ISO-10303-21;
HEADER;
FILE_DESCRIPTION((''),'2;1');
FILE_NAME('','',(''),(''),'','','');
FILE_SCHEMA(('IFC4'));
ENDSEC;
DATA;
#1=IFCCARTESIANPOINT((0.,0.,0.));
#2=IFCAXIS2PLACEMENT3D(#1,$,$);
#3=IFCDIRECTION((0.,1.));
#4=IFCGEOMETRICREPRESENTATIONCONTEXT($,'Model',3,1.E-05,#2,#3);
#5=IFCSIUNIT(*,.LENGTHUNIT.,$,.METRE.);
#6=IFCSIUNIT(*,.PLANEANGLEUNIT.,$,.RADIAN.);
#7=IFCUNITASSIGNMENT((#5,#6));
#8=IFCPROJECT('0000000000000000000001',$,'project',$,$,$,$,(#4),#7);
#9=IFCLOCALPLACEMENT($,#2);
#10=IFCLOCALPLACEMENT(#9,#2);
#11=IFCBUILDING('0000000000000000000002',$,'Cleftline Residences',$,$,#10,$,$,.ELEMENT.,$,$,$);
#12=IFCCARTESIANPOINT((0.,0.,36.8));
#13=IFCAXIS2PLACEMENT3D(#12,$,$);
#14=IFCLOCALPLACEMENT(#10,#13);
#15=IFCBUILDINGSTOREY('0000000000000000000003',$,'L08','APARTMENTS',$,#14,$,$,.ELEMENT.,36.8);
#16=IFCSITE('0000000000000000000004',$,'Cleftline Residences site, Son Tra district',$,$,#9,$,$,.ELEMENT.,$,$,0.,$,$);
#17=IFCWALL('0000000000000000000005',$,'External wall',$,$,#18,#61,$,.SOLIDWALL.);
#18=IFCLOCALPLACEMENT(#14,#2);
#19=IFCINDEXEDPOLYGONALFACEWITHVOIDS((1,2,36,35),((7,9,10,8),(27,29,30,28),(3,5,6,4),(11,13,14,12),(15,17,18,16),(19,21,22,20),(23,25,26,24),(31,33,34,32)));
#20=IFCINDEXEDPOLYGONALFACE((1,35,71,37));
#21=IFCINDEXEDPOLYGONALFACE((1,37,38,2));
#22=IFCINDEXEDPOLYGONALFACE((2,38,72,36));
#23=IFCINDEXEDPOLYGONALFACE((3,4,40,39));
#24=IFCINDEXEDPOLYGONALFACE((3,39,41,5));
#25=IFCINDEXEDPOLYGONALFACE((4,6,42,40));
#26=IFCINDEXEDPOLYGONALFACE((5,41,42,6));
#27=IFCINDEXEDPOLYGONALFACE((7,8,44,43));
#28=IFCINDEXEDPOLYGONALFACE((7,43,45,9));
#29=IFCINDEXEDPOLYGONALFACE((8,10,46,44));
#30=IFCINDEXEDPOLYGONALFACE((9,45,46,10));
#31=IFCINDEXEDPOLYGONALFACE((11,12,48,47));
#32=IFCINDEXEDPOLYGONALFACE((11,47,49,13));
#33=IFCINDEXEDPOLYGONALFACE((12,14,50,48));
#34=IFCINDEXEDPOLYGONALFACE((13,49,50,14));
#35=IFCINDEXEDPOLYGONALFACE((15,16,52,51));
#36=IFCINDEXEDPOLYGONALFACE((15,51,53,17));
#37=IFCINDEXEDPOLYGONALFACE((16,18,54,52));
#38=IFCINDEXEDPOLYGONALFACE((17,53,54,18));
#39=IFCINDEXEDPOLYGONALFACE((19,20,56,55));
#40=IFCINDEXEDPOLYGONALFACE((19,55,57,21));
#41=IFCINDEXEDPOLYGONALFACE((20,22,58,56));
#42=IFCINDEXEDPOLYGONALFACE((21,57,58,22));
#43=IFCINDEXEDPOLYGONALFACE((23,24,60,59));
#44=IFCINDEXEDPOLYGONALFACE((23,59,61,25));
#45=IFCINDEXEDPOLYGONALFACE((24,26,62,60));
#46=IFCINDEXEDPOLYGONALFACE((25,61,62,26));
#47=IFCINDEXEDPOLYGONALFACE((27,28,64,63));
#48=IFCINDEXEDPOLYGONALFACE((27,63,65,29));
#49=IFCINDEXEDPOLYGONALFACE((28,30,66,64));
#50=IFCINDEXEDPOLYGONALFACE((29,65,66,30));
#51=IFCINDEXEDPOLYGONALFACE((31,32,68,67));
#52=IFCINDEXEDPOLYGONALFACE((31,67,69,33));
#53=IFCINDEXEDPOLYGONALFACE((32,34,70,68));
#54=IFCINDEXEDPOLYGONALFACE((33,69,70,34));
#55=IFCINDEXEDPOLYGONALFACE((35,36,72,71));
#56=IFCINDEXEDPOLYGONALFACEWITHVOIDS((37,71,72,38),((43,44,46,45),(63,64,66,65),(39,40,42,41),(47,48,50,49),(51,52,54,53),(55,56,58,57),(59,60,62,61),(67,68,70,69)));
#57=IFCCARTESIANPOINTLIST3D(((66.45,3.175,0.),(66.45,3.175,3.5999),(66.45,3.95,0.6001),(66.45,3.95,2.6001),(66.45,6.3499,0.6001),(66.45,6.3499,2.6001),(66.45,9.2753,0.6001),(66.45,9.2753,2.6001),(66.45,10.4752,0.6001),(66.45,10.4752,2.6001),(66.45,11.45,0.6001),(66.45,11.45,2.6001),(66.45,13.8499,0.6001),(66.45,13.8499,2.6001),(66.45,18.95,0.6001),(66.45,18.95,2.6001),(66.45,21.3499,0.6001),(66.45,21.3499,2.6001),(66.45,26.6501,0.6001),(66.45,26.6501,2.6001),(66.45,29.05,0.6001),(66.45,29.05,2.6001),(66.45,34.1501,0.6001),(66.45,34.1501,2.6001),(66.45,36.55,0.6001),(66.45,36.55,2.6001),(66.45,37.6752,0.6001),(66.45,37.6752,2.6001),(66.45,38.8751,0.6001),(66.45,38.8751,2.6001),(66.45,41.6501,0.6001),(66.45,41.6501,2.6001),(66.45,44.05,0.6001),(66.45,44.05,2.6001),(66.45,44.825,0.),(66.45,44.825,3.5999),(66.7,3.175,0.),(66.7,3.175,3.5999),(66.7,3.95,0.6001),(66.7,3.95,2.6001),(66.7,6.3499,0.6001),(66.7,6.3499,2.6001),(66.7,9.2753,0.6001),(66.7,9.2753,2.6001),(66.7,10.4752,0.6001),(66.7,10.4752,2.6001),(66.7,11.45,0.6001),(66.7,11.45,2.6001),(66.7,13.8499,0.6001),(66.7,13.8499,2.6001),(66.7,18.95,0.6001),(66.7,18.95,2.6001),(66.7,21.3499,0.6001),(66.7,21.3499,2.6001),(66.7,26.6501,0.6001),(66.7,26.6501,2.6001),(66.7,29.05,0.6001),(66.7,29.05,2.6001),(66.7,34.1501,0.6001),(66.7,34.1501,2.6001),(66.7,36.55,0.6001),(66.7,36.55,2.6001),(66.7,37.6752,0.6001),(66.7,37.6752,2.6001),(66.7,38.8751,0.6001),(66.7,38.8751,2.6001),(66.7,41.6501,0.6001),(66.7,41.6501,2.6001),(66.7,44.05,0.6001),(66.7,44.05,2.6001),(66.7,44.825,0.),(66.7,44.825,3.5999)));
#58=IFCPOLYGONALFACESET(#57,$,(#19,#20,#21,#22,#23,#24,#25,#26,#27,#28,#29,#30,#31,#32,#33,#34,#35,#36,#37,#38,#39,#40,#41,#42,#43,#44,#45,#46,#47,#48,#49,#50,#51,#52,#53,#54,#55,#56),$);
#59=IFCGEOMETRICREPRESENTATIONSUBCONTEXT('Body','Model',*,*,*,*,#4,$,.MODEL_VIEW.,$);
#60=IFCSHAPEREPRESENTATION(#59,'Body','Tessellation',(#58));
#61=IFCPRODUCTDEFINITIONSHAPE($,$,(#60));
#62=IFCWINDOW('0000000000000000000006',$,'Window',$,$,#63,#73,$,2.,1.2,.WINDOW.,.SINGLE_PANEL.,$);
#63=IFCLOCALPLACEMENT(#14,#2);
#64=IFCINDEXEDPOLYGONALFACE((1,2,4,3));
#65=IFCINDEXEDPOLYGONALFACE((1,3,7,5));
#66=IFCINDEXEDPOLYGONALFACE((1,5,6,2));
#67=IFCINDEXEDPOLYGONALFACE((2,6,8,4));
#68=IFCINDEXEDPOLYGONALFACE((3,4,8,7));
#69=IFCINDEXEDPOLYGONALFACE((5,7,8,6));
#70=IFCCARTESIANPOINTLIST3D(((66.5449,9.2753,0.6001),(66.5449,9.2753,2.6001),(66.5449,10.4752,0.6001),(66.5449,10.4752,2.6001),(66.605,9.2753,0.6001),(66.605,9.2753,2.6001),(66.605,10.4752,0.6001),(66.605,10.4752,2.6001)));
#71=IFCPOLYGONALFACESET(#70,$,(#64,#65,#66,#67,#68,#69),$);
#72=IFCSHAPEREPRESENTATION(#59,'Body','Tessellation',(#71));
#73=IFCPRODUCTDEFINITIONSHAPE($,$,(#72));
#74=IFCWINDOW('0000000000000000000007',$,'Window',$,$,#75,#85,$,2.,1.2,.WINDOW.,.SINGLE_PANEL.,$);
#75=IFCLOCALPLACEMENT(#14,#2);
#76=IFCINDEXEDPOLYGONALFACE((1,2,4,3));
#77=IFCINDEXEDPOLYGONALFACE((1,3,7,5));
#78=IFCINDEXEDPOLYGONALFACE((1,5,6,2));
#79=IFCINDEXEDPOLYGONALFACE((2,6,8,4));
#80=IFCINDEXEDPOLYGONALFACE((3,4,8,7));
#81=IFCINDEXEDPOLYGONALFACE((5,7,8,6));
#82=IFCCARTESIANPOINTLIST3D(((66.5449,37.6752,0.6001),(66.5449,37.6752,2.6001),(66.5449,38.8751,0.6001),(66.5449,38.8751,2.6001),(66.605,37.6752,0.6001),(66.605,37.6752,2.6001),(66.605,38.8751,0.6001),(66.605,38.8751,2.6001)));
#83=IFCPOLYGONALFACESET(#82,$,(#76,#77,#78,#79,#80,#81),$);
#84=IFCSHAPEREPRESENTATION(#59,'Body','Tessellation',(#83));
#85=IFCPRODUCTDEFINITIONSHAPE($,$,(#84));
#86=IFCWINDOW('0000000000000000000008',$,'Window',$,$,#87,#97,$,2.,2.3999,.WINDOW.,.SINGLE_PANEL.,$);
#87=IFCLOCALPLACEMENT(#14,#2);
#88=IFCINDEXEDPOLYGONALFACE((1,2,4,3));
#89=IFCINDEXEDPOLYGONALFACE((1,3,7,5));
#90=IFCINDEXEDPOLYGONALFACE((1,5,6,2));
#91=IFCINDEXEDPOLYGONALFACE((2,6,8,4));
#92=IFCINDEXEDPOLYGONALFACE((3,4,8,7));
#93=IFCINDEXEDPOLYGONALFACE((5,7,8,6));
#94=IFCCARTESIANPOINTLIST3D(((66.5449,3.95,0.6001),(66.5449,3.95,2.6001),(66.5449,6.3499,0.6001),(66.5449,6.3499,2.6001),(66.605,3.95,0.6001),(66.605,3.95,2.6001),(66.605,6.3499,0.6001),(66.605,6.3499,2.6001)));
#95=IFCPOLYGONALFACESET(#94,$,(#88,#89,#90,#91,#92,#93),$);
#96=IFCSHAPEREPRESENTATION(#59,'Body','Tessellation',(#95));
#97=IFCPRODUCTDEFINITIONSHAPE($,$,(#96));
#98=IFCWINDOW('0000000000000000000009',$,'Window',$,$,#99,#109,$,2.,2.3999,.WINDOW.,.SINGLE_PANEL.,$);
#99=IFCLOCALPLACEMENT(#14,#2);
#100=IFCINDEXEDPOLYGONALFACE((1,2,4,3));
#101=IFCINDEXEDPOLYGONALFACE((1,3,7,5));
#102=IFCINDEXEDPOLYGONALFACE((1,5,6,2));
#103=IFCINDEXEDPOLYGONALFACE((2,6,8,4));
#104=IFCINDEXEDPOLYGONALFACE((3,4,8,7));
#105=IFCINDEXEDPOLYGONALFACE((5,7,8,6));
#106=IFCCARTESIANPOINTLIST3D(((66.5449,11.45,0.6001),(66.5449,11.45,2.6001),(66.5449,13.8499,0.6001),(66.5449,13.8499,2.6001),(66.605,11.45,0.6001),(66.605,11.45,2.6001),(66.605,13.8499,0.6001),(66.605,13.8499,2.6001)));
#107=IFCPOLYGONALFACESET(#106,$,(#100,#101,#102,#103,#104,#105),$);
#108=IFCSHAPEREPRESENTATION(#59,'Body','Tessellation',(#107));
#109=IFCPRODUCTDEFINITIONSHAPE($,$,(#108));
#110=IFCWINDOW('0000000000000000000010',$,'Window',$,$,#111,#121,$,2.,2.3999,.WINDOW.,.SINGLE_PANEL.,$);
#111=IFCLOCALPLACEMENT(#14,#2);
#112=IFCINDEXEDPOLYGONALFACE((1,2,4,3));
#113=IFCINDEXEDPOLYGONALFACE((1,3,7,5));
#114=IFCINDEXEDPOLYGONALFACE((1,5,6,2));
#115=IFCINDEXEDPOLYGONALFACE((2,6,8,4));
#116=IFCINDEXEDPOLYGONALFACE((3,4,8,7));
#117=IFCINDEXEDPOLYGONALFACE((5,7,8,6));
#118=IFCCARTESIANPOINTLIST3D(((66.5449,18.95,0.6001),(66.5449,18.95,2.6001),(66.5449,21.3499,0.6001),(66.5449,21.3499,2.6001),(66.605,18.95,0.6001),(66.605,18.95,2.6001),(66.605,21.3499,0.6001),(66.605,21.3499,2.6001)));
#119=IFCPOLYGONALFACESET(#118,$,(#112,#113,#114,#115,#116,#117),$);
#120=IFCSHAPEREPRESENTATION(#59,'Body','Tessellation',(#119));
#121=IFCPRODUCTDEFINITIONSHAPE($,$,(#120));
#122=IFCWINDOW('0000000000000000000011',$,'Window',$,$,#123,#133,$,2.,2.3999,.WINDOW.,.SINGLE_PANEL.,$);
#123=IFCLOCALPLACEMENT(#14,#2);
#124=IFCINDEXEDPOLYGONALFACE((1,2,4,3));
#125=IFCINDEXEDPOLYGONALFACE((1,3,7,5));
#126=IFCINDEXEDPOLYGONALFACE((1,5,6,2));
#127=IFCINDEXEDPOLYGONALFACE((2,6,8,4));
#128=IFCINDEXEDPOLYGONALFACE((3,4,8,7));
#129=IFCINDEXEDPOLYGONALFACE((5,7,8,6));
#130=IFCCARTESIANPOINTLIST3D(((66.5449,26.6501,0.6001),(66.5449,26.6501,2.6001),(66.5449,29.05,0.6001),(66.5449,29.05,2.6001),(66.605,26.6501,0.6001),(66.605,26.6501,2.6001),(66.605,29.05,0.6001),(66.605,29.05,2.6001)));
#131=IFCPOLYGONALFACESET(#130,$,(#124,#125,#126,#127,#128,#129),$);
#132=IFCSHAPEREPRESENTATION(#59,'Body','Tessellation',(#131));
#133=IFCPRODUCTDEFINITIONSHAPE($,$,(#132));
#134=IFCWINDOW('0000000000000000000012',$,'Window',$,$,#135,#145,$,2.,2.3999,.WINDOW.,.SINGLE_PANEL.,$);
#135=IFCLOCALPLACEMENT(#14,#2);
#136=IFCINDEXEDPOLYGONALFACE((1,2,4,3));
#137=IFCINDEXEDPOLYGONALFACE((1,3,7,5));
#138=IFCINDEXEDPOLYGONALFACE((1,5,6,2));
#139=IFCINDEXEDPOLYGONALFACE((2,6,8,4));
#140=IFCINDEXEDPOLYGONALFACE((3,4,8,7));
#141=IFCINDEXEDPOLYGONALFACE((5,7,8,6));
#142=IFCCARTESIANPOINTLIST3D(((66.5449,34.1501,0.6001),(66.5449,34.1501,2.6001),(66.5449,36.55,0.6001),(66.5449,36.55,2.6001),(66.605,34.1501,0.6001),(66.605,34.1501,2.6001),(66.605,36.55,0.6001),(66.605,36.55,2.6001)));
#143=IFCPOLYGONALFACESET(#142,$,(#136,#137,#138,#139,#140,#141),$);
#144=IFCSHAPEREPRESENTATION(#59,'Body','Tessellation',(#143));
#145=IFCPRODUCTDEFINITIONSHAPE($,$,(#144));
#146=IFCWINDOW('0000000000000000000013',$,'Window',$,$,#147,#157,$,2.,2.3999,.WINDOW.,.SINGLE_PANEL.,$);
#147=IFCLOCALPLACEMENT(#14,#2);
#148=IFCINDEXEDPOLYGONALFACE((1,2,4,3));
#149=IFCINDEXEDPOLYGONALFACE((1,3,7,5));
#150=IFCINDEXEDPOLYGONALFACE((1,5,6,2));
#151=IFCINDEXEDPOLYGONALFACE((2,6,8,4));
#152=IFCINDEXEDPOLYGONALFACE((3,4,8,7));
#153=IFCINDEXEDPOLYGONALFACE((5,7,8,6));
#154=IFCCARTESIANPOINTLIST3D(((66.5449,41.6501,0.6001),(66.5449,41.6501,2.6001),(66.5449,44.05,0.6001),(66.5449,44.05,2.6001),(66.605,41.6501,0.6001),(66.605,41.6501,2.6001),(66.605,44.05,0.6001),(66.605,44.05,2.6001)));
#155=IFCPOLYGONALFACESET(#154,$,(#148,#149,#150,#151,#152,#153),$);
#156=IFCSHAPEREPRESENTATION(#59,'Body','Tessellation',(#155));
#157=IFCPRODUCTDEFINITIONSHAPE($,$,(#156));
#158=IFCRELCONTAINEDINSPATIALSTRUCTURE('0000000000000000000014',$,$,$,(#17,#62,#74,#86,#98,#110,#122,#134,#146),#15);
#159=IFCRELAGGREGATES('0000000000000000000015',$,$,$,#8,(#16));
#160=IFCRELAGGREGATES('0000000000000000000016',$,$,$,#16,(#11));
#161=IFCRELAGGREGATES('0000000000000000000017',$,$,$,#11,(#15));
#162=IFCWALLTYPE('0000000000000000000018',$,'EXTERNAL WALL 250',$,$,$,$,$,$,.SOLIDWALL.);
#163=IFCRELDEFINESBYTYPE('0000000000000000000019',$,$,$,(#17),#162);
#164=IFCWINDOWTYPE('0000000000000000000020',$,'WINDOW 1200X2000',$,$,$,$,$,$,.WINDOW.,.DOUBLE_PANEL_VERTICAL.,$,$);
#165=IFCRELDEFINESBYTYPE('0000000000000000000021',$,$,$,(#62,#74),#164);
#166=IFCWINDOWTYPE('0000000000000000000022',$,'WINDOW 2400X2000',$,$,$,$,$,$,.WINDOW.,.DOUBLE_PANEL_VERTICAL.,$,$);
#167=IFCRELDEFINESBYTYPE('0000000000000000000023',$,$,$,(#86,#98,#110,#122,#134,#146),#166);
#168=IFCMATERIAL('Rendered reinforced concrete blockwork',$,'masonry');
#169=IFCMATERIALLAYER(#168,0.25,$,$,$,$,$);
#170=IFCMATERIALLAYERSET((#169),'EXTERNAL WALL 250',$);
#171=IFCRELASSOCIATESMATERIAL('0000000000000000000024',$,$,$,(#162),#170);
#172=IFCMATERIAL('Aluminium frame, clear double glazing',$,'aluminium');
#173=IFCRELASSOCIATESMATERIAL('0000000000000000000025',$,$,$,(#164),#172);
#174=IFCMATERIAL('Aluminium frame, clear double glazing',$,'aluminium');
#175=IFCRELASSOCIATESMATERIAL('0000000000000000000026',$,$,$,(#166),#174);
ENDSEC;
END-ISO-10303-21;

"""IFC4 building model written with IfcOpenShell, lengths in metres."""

from ifc_helpers import new_model, si_unit, direction, frame, frame_2d, origin, place, context, subcontext, project, spatial, rectangle, extrude, material, layer, layer_set, type_object, element, fill, save


model = new_model("IFC4")

# Units and contexts
model_context = context("Model", 3, precision=1e-05, world=origin(), true_north=direction((0.0, 1.0)))
body_context = subcontext(model_context, "Body", "Model", "MODEL_VIEW")
ifc_project = project(units=[si_unit("LENGTHUNIT", "METRE"), si_unit("PLANEANGLEUNIT", "RADIAN")], contexts=[model_context])

# Site, building, storey
site_placement = place(None, origin())
site = spatial("IfcSite", under=ifc_project, at=site_placement, Name="Cleftline Residences site, Son Tra district", CompositionType="ELEMENT", RefElevation=0.0)
building_placement = place(site_placement, origin())
building = spatial("IfcBuilding", under=site, at=building_placement, Name="Cleftline Residences", CompositionType="ELEMENT")
storey_placement = place(building_placement, frame((0.0, 0.0, 36.8)))
storey = spatial("IfcBuildingStorey", under=building, at=storey_placement, Name="L08", Description="APARTMENTS", CompositionType="ELEMENT", Elevation=36.8)

# Wall, openings, windows
ifc_material_1 = material(Name="Rendered reinforced concrete blockwork", Category="masonry")
ifc_layer_1 = layer(ifc_material_1, 0.25)
ifc_layer_set_1 = layer_set([ifc_layer_1], Name="EXTERNAL WALL 250")
wall_type = type_object("IfcWallType", Name="EXTERNAL WALL 250", PredefinedType="SOLIDWALL", material=ifc_layer_set_1)
wall_placement = place(storey_placement, frame((66.575, 3.175, 0.0), z_axis=(0.0, 0.0, 1.0), x_axis=(0.0, 1.0, 0.0)))
wall = element("IfcWall", 1, at=wall_placement, inside=storey, type_object=wall_type, Name="External wall", PredefinedType="SOLIDWALL", context=body_context, shape_type="SweptSolid", body=[
    extrude(rectangle(XDim=41.6499, YDim=0.25, at=frame_2d((20.825, 0.0))), origin(), (0.0, 0.0, 1.0), 3.5999),
])
opening_1_placement = place(wall_placement, frame((0.7749, 0.0, 0.6001)))
opening_1 = element("IfcOpeningElement", 2, at=opening_1_placement, cuts=wall, PredefinedType="OPENING", context=body_context, shape_type="SweptSolid", body=[
    extrude(rectangle(XDim=2.3999, YDim=2.0, at=frame_2d((1.2, 1.0))), frame((0.0, 0.135, 0.0), z_axis=(0.0, -1.0, 0.0), x_axis=(1.0, 0.0, 0.0)), (0.0, 0.0, 1.0), 0.27),
])
opening_2_placement = place(wall_placement, frame((6.1001, 0.0, 0.6001)))
opening_2 = element("IfcOpeningElement", 3, at=opening_2_placement, cuts=wall, PredefinedType="OPENING", context=body_context, shape_type="SweptSolid", body=[
    extrude(rectangle(XDim=1.2, YDim=2.0, at=frame_2d((0.6001, 1.0))), frame((0.0, 0.135, 0.0), z_axis=(0.0, -1.0, 0.0), x_axis=(1.0, 0.0, 0.0)), (0.0, 0.0, 1.0), 0.27),
])
opening_3_placement = place(wall_placement, frame((8.2749, 0.0, 0.6001)))
opening_3 = element("IfcOpeningElement", 4, at=opening_3_placement, cuts=wall, PredefinedType="OPENING", context=body_context, shape_type="SweptSolid", body=[
    extrude(rectangle(XDim=2.3999, YDim=2.0, at=frame_2d((1.2, 1.0))), frame((0.0, 0.135, 0.0), z_axis=(0.0, -1.0, 0.0), x_axis=(1.0, 0.0, 0.0)), (0.0, 0.0, 1.0), 0.27),
])
opening_4_placement = place(wall_placement, frame((15.7749, 0.0, 0.6001)))
opening_4 = element("IfcOpeningElement", 5, at=opening_4_placement, cuts=wall, PredefinedType="OPENING", context=body_context, shape_type="SweptSolid", body=[
    extrude(rectangle(XDim=2.3999, YDim=2.0, at=frame_2d((1.2, 1.0))), frame((0.0, 0.135, 0.0), z_axis=(0.0, -1.0, 0.0), x_axis=(1.0, 0.0, 0.0)), (0.0, 0.0, 1.0), 0.27),
])
opening_5_placement = place(wall_placement, frame((23.4751, 0.0, 0.6001)))
opening_5 = element("IfcOpeningElement", 6, at=opening_5_placement, cuts=wall, PredefinedType="OPENING", context=body_context, shape_type="SweptSolid", body=[
    extrude(rectangle(XDim=2.3999, YDim=2.0, at=frame_2d((1.2, 1.0))), frame((0.0, 0.135, 0.0), z_axis=(0.0, -1.0, 0.0), x_axis=(1.0, 0.0, 0.0)), (0.0, 0.0, 1.0), 0.27),
])
opening_6_placement = place(wall_placement, frame((30.9751, 0.0, 0.6001)))
opening_6 = element("IfcOpeningElement", 7, at=opening_6_placement, cuts=wall, PredefinedType="OPENING", context=body_context, shape_type="SweptSolid", body=[
    extrude(rectangle(XDim=2.3999, YDim=2.0, at=frame_2d((1.2, 1.0))), frame((0.0, 0.135, 0.0), z_axis=(0.0, -1.0, 0.0), x_axis=(1.0, 0.0, 0.0)), (0.0, 0.0, 1.0), 0.27),
])
opening_7_placement = place(wall_placement, frame((34.5, 0.0, 0.6001)))
opening_7 = element("IfcOpeningElement", 8, at=opening_7_placement, cuts=wall, PredefinedType="OPENING", context=body_context, shape_type="SweptSolid", body=[
    extrude(rectangle(XDim=1.2, YDim=2.0, at=frame_2d((0.6001, 1.0))), frame((0.0, 0.135, 0.0), z_axis=(0.0, -1.0, 0.0), x_axis=(1.0, 0.0, 0.0)), (0.0, 0.0, 1.0), 0.27),
])
opening_8_placement = place(wall_placement, frame((38.4751, 0.0, 0.6001)))
opening_8 = element("IfcOpeningElement", 9, at=opening_8_placement, cuts=wall, PredefinedType="OPENING", context=body_context, shape_type="SweptSolid", body=[
    extrude(rectangle(XDim=2.3999, YDim=2.0, at=frame_2d((1.2, 1.0))), frame((0.0, 0.135, 0.0), z_axis=(0.0, -1.0, 0.0), x_axis=(1.0, 0.0, 0.0)), (0.0, 0.0, 1.0), 0.27),
])
ifc_material_2 = material(Name="Aluminium frame, clear double glazing", Category="aluminium")
window_type_1 = type_object("IfcWindowType", Name="WINDOW 1200X2000", PartitioningType="DOUBLE_PANEL_VERTICAL", PredefinedType="WINDOW", material=ifc_material_2)
window_1_placement = place(opening_2_placement, origin())
window_1 = element("IfcWindow", 10, at=window_1_placement, inside=storey, type_object=window_type_1, Name="Window", OverallHeight=2.0, OverallWidth=1.2, PartitioningType="SINGLE_PANEL", PredefinedType="WINDOW", context=body_context, shape_type="SweptSolid", body=[
    extrude(rectangle(XDim=1.2, YDim=2.0, at=frame_2d((0.6001, 1.0))), frame((0.0, 0.03, 0.0), z_axis=(0.0, -1.0, 0.0), x_axis=(1.0, 0.0, 0.0)), (0.0, 0.0, 1.0), 0.0601),
])
fill(opening_2, window_1)
window_2_placement = place(opening_7_placement, origin())
window_2 = element("IfcWindow", 11, at=window_2_placement, inside=storey, type_object=window_type_1, Name="Window", OverallHeight=2.0, OverallWidth=1.2, PartitioningType="SINGLE_PANEL", PredefinedType="WINDOW", context=body_context, shape_type="SweptSolid", body=[
    extrude(rectangle(XDim=1.2, YDim=2.0, at=frame_2d((0.6001, 1.0))), frame((0.0, 0.03, 0.0), z_axis=(0.0, -1.0, 0.0), x_axis=(1.0, 0.0, 0.0)), (0.0, 0.0, 1.0), 0.0601),
])
fill(opening_7, window_2)
ifc_material_3 = material(Name="Aluminium frame, clear double glazing", Category="aluminium")
window_type_2 = type_object("IfcWindowType", Name="WINDOW 2400X2000", PartitioningType="DOUBLE_PANEL_VERTICAL", PredefinedType="WINDOW", material=ifc_material_3)
window_3_placement = place(opening_1_placement, origin())
window_3 = element("IfcWindow", 12, at=window_3_placement, inside=storey, type_object=window_type_2, Name="Window", OverallHeight=2.0, OverallWidth=2.3999, PartitioningType="SINGLE_PANEL", PredefinedType="WINDOW", context=body_context, shape_type="SweptSolid", body=[
    extrude(rectangle(XDim=2.3999, YDim=2.0, at=frame_2d((1.2, 1.0))), frame((0.0, 0.03, 0.0), z_axis=(0.0, -1.0, 0.0), x_axis=(1.0, 0.0, 0.0)), (0.0, 0.0, 1.0), 0.0601),
])
fill(opening_1, window_3)
window_4_placement = place(opening_3_placement, origin())
window_4 = element("IfcWindow", 13, at=window_4_placement, inside=storey, type_object=window_type_2, Name="Window", OverallHeight=2.0, OverallWidth=2.3999, PartitioningType="SINGLE_PANEL", PredefinedType="WINDOW", context=body_context, shape_type="SweptSolid", body=[
    extrude(rectangle(XDim=2.3999, YDim=2.0, at=frame_2d((1.2, 1.0))), frame((0.0, 0.03, 0.0), z_axis=(0.0, -1.0, 0.0), x_axis=(1.0, 0.0, 0.0)), (0.0, 0.0, 1.0), 0.0601),
])
fill(opening_3, window_4)
window_5_placement = place(opening_4_placement, origin())
window_5 = element("IfcWindow", 14, at=window_5_placement, inside=storey, type_object=window_type_2, Name="Window", OverallHeight=2.0, OverallWidth=2.3999, PartitioningType="SINGLE_PANEL", PredefinedType="WINDOW", context=body_context, shape_type="SweptSolid", body=[
    extrude(rectangle(XDim=2.3999, YDim=2.0, at=frame_2d((1.2, 1.0))), frame((0.0, 0.03, 0.0), z_axis=(0.0, -1.0, 0.0), x_axis=(1.0, 0.0, 0.0)), (0.0, 0.0, 1.0), 0.0601),
])
fill(opening_4, window_5)
window_6_placement = place(opening_5_placement, origin())
window_6 = element("IfcWindow", 15, at=window_6_placement, inside=storey, type_object=window_type_2, Name="Window", OverallHeight=2.0, OverallWidth=2.3999, PartitioningType="SINGLE_PANEL", PredefinedType="WINDOW", context=body_context, shape_type="SweptSolid", body=[
    extrude(rectangle(XDim=2.3999, YDim=2.0, at=frame_2d((1.2, 1.0))), frame((0.0, 0.03, 0.0), z_axis=(0.0, -1.0, 0.0), x_axis=(1.0, 0.0, 0.0)), (0.0, 0.0, 1.0), 0.0601),
])
fill(opening_5, window_6)
window_7_placement = place(opening_6_placement, origin())
window_7 = element("IfcWindow", 16, at=window_7_placement, inside=storey, type_object=window_type_2, Name="Window", OverallHeight=2.0, OverallWidth=2.3999, PartitioningType="SINGLE_PANEL", PredefinedType="WINDOW", context=body_context, shape_type="SweptSolid", body=[
    extrude(rectangle(XDim=2.3999, YDim=2.0, at=frame_2d((1.2, 1.0))), frame((0.0, 0.03, 0.0), z_axis=(0.0, -1.0, 0.0), x_axis=(1.0, 0.0, 0.0)), (0.0, 0.0, 1.0), 0.0601),
])
fill(opening_6, window_7)
window_8_placement = place(opening_8_placement, origin())
window_8 = element("IfcWindow", 17, at=window_8_placement, inside=storey, type_object=window_type_2, Name="Window", OverallHeight=2.0, OverallWidth=2.3999, PartitioningType="SINGLE_PANEL", PredefinedType="WINDOW", context=body_context, shape_type="SweptSolid", body=[
    extrude(rectangle(XDim=2.3999, YDim=2.0, at=frame_2d((1.2, 1.0))), frame((0.0, 0.03, 0.0), z_axis=(0.0, -1.0, 0.0), x_axis=(1.0, 0.0, 0.0)), (0.0, 0.0, 1.0), 0.0601),
])
fill(opening_8, window_8)

save(model, "model.ifc")
